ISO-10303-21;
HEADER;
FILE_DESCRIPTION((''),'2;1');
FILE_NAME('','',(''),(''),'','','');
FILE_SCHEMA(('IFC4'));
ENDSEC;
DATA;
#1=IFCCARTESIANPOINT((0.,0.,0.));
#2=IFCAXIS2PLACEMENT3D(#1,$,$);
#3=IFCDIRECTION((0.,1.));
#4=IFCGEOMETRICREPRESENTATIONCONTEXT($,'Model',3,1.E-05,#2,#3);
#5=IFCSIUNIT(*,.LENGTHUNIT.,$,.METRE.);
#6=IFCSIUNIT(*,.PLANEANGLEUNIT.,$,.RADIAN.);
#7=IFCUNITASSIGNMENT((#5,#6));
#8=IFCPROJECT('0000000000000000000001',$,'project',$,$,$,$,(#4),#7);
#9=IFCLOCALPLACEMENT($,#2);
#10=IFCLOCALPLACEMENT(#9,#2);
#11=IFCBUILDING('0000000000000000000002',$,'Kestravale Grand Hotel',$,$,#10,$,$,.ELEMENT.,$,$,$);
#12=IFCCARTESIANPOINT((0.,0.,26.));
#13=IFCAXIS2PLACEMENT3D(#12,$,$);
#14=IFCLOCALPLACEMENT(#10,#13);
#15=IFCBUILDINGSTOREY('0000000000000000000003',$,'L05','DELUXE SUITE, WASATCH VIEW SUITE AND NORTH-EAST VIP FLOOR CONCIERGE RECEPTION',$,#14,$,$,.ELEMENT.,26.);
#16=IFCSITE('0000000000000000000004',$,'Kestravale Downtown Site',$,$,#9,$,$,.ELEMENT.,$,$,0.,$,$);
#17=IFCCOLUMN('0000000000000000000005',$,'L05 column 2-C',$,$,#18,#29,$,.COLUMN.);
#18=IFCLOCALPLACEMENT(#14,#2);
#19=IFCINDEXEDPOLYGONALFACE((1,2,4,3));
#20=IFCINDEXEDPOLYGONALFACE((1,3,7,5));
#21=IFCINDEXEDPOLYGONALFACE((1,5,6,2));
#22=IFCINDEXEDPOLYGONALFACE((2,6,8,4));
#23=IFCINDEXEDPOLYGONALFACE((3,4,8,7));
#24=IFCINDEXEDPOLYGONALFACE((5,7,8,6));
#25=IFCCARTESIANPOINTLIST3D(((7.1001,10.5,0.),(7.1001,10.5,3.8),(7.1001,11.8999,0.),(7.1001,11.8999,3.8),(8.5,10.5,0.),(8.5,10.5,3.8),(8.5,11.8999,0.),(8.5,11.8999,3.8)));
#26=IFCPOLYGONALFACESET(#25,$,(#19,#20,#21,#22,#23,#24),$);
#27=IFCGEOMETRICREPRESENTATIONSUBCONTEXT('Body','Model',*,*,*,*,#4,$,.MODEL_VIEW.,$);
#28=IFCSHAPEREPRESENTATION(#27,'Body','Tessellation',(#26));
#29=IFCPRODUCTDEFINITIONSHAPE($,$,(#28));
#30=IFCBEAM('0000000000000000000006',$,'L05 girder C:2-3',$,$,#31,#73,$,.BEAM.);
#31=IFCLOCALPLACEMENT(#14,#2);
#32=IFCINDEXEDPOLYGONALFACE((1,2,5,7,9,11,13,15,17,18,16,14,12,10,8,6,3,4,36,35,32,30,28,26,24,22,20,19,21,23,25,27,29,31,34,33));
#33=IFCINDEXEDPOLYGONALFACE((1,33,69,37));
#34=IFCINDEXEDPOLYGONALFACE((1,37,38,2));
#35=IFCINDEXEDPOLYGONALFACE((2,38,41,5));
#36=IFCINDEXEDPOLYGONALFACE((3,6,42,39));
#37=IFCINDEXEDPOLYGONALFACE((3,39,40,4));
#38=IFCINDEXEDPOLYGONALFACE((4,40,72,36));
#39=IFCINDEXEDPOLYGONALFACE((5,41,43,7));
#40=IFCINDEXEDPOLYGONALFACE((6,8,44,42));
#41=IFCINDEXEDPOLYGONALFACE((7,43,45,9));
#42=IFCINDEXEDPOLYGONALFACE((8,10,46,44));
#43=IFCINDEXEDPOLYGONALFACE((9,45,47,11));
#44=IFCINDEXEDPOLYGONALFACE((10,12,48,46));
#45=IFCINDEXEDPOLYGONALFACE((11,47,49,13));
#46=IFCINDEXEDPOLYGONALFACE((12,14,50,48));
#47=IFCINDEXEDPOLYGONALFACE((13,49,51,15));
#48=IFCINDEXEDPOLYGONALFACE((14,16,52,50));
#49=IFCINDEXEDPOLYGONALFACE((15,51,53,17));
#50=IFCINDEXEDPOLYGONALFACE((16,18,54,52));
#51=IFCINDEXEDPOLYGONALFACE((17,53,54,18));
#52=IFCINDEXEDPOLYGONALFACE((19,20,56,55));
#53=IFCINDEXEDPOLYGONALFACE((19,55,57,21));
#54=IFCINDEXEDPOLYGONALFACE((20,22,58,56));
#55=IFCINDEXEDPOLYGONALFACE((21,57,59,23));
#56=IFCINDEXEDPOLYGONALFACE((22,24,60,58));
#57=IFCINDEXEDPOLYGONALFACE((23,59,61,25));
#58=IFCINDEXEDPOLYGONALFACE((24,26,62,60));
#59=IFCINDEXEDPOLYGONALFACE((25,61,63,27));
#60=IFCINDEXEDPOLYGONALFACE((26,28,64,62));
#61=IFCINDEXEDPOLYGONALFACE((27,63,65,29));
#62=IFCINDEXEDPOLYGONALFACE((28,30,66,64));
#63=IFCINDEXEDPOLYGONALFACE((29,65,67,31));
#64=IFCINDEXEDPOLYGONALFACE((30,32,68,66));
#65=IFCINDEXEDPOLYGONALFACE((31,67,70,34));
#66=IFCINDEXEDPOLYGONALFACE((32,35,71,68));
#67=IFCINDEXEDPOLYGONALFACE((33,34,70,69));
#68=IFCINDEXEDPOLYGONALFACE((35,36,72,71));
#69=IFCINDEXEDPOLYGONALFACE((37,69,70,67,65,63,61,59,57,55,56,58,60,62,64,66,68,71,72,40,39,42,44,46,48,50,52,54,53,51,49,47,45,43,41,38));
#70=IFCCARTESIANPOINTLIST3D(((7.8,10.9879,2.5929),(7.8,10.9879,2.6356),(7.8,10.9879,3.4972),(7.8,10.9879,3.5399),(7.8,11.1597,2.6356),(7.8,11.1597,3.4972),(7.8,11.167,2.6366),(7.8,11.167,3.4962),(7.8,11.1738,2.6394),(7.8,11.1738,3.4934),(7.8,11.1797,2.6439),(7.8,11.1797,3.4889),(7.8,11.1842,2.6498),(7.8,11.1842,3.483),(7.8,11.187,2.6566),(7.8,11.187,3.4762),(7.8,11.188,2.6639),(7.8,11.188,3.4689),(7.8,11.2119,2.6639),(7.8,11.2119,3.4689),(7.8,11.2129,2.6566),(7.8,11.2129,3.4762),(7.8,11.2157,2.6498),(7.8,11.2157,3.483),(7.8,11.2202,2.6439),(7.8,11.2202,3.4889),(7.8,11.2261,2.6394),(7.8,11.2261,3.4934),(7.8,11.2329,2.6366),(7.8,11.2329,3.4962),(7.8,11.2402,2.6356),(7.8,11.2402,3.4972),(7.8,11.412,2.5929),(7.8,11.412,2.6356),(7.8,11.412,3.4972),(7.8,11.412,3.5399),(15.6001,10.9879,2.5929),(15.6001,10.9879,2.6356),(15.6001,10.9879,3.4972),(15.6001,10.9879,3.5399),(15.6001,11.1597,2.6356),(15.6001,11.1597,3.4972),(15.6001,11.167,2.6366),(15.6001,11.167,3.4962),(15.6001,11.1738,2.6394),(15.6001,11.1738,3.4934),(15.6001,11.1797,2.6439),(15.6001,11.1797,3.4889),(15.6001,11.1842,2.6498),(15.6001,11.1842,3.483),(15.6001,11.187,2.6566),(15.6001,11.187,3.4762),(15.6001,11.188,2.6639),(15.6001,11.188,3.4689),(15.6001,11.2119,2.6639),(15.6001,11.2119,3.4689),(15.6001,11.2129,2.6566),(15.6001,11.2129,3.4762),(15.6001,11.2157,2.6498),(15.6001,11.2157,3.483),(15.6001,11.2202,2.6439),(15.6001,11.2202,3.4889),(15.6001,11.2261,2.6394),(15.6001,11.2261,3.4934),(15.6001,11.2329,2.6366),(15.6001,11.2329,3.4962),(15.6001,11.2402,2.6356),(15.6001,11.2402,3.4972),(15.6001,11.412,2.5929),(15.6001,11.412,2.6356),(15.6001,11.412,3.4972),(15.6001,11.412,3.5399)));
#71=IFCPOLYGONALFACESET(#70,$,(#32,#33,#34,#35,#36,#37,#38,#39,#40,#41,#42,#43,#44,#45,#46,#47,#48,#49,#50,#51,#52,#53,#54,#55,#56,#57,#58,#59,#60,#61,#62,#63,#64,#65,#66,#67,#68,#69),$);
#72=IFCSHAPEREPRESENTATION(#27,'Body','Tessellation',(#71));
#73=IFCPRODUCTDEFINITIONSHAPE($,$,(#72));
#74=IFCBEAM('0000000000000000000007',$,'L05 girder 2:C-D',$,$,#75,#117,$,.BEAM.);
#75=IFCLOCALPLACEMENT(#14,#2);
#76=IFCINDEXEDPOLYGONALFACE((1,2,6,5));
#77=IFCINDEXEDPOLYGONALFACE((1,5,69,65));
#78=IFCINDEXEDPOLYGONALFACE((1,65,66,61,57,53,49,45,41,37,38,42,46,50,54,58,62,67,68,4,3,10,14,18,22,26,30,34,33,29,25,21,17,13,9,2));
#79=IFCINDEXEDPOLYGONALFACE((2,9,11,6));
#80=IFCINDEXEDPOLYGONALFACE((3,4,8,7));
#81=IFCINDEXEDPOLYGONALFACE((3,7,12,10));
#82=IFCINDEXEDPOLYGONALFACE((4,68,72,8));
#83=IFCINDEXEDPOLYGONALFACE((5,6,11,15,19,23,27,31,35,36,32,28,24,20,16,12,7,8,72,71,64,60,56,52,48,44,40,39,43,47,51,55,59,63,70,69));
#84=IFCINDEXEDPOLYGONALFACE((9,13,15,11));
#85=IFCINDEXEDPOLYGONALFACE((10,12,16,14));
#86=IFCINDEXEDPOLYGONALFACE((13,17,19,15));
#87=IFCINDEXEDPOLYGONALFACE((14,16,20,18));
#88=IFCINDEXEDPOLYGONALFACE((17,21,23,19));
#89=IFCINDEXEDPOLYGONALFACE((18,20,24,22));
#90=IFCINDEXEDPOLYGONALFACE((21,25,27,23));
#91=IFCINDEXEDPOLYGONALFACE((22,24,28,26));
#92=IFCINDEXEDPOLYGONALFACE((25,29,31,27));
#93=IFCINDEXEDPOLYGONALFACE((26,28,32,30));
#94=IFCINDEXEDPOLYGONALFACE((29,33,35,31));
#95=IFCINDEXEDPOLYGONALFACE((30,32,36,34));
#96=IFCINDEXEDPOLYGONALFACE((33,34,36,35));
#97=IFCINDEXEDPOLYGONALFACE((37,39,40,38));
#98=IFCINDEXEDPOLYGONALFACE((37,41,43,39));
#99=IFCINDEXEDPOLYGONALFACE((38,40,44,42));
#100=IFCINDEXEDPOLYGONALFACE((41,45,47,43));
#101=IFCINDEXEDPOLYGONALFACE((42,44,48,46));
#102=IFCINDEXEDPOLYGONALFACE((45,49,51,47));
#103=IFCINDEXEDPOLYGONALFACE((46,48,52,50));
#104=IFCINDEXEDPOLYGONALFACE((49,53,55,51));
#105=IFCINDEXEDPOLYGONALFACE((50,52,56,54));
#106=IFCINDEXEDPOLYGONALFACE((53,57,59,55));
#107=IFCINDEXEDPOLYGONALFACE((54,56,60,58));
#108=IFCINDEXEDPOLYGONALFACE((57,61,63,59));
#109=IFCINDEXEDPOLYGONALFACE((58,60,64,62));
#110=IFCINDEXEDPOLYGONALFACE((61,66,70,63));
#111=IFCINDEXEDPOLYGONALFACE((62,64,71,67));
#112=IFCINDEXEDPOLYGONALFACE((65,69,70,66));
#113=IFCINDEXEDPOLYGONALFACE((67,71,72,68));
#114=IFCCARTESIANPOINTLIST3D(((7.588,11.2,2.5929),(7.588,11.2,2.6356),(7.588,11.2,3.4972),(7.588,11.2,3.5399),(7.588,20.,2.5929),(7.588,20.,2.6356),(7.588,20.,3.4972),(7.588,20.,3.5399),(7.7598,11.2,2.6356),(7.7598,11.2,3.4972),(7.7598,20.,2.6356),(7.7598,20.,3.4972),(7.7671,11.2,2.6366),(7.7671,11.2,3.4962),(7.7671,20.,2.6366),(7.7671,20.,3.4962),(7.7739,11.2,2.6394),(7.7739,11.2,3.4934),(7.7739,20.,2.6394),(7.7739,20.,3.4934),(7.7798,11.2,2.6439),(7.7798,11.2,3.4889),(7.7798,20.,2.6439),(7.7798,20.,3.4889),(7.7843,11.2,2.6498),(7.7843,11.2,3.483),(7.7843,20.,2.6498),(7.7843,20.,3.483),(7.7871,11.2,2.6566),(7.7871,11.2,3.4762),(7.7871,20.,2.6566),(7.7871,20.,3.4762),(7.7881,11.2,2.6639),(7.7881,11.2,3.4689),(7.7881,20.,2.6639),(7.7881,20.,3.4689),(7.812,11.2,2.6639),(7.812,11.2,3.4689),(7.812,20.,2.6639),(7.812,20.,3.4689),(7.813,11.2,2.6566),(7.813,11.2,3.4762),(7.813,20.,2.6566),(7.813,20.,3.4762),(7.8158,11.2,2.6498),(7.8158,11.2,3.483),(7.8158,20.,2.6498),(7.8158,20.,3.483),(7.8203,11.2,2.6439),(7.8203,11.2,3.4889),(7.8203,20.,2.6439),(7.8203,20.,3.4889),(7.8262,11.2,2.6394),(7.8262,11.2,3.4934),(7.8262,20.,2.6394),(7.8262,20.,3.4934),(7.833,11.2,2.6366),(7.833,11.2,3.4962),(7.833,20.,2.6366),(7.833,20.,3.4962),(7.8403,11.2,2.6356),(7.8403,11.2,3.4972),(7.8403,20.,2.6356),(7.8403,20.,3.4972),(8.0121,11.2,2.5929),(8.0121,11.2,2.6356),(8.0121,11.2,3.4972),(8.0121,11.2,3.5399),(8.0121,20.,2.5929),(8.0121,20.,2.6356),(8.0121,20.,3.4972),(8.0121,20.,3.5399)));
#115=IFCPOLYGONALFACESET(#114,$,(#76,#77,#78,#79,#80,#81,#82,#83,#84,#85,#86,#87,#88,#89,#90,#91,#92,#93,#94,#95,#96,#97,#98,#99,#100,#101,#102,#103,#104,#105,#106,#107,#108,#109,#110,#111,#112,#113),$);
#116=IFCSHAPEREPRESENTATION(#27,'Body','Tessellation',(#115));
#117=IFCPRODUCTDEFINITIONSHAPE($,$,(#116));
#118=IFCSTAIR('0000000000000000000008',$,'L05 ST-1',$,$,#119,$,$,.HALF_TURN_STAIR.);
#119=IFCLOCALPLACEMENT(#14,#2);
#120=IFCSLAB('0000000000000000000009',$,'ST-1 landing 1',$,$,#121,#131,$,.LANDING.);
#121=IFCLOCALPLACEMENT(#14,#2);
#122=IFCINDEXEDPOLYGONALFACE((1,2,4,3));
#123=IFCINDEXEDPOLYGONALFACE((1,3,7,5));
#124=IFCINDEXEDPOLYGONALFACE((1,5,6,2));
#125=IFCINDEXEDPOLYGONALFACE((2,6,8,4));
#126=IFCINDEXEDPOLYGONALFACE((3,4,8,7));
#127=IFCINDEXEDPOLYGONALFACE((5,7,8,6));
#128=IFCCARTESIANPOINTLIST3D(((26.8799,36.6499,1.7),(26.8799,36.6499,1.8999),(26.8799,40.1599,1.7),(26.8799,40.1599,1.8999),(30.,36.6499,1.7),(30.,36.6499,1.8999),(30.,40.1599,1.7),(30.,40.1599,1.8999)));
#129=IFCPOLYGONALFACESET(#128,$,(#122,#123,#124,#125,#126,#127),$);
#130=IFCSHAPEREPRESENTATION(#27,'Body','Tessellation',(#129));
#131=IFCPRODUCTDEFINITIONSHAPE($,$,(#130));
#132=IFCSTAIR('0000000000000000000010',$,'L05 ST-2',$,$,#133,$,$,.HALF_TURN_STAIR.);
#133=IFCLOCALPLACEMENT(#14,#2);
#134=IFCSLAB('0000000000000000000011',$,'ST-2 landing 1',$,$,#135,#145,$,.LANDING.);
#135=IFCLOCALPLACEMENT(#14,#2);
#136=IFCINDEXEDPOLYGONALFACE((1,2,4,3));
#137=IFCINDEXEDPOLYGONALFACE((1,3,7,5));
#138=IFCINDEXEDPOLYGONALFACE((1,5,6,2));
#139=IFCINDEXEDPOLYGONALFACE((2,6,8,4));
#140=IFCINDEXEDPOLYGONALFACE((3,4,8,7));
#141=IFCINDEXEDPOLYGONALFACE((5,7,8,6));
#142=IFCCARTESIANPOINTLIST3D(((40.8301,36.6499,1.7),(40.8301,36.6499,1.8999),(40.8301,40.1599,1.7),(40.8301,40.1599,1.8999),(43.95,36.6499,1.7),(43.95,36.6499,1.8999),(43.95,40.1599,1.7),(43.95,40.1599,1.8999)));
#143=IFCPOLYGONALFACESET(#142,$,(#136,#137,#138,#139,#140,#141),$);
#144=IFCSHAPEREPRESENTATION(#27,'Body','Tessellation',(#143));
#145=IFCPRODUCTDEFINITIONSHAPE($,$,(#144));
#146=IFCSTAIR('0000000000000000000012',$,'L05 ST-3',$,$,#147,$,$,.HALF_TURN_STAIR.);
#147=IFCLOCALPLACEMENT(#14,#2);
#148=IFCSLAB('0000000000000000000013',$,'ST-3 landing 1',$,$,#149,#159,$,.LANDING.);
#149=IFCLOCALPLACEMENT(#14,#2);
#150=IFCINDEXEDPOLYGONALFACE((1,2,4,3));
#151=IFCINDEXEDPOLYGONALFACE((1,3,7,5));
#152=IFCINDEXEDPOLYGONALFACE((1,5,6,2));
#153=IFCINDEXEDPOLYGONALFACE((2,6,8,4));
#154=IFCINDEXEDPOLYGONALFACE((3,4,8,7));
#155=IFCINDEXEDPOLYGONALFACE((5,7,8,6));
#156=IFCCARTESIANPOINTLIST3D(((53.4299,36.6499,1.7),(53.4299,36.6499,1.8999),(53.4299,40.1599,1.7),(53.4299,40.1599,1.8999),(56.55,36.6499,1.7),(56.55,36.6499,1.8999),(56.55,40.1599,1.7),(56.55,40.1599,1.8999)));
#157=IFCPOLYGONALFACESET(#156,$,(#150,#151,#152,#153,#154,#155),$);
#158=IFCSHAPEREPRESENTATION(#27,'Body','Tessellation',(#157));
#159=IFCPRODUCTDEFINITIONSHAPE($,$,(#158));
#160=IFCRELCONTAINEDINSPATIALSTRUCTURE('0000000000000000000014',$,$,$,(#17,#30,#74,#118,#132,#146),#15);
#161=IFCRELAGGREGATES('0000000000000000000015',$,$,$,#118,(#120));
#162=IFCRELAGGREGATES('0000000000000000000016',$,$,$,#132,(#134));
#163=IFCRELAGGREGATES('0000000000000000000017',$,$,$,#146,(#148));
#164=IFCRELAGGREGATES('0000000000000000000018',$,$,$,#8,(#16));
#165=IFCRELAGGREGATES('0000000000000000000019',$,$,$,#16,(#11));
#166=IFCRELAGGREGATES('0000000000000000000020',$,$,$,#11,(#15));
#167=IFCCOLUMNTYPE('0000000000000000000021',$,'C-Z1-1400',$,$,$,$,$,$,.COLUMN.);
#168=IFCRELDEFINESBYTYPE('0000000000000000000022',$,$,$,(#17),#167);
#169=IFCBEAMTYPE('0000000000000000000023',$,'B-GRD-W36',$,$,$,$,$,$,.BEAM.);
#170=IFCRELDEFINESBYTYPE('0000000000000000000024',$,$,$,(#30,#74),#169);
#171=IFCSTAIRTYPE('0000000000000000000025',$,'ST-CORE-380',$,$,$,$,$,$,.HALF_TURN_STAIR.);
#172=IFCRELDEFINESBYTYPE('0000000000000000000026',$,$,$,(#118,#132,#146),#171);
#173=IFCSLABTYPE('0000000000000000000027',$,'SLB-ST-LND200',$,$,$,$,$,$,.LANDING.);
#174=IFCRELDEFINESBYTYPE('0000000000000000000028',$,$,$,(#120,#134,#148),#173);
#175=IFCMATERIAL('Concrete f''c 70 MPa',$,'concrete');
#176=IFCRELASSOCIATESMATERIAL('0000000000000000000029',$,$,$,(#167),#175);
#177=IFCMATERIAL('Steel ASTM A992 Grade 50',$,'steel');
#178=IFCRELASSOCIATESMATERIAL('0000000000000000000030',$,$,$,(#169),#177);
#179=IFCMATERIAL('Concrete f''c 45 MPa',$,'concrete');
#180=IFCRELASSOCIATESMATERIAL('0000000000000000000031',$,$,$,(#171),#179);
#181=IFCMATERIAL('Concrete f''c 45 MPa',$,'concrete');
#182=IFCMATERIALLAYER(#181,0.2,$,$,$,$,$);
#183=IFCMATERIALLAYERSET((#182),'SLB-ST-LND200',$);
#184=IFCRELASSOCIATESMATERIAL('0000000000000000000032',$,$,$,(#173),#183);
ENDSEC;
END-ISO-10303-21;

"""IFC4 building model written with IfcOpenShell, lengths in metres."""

from ifc_helpers import new_model, si_unit, direction, frame, origin, origin_2d, place, context, subcontext, project, spatial, polyline, rectangle, i_section, outline, extrude, material, layer, layer_set, material_profile, profile_set, type_object, element, aggregate, save


model = new_model("IFC4")

# Units and contexts
model_context = context("Model", 3, precision=1e-05, world=origin(), true_north=direction((0.0, 1.0)))
body_context = subcontext(model_context, "Body", "Model", "MODEL_VIEW")
ifc_project = project(units=[si_unit("LENGTHUNIT", "METRE"), si_unit("PLANEANGLEUNIT", "RADIAN")], contexts=[model_context])

# Site, building, storey
site_placement = place(None, origin())
site = spatial("IfcSite", under=ifc_project, at=site_placement, Name="Kestravale Downtown Site", CompositionType="ELEMENT", RefElevation=0.0)
building_placement = place(site_placement, origin())
building = spatial("IfcBuilding", under=site, at=building_placement, Name="Kestravale Grand Hotel", CompositionType="ELEMENT")
storey_placement = place(building_placement, frame((0.0, 0.0, 26.0)))
storey = spatial("IfcBuildingStorey", under=building, at=storey_placement, Name="L05", Description="DELUXE SUITE, WASATCH VIEW SUITE AND NORTH-EAST VIP FLOOR CONCIERGE RECEPTION", CompositionType="ELEMENT", Elevation=26.0)

# Column
ifc_material_1 = material(Name="Concrete f'c 70 MPa", Category="concrete")
ifc_material_profile_1 = material_profile(ifc_material_1, rectangle(XDim=1.3999, YDim=1.3999, at=origin_2d()))
ifc_profile_set_1 = profile_set([ifc_material_profile_1], Name="Concrete f'c 70 MPa")
column_type = type_object("IfcColumnType", Name="C-Z1-1400", PredefinedType="COLUMN", material=ifc_profile_set_1)
column_placement = place(storey_placement, frame((7.8, 11.2, 0.0), z_axis=(0.0, 0.0, 1.0), x_axis=(1.0, 0.0, 0.0)))
element("IfcColumn", 1, at=column_placement, inside=storey, type_object=column_type, Name="L05 column 2-C", PredefinedType="COLUMN", context=body_context, shape_type="SweptSolid", body=[
    extrude(rectangle(XDim=1.3999, YDim=1.3999, at=origin_2d()), origin(), (0.0, 0.0, 1.0), 3.8),
])

# Beams
ifc_material_2 = material(Name="Steel ASTM A992 Grade 50", Category="steel")
ifc_material_profile_2 = material_profile(ifc_material_2, i_section(OverallWidth=0.4241, OverallDepth=0.947, WebThickness=0.0239, FlangeThickness=0.0427, FilletRadius=0.0283, at=origin_2d()))
ifc_profile_set_2 = profile_set([ifc_material_profile_2], Name="Steel ASTM A992 Grade 50")
beam_type = type_object("IfcBeamType", Name="B-GRD-W36", PredefinedType="BEAM", material=ifc_profile_set_2)
beam_1_placement = place(storey_placement, frame((7.8, 11.2, 3.0664), z_axis=(1.0, 0.0, 0.0), x_axis=(0.0, 1.0, 0.0)))
element("IfcBeam", 2, at=beam_1_placement, inside=storey, type_object=beam_type, Name="L05 girder C:2-3", PredefinedType="BEAM", context=body_context, shape_type="SweptSolid", body=[
    extrude(i_section(OverallWidth=0.4241, OverallDepth=0.947, WebThickness=0.0239, FlangeThickness=0.0427, FilletRadius=0.0283, at=origin_2d()), origin(), (0.0, 0.0, 1.0), 7.8),
])
beam_2_placement = place(storey_placement, frame((7.8, 11.2, 3.0664), z_axis=(0.0, 1.0, 0.0), x_axis=(-1.0, 0.0, 0.0)))
element("IfcBeam", 3, at=beam_2_placement, inside=storey, type_object=beam_type, Name="L05 girder 2:C-D", PredefinedType="BEAM", context=body_context, shape_type="SweptSolid", body=[
    extrude(i_section(OverallWidth=0.4241, OverallDepth=0.947, WebThickness=0.0239, FlangeThickness=0.0427, FilletRadius=0.0283, at=origin_2d()), origin(), (0.0, 0.0, 1.0), 8.8),
])

# Stairs, slabs
ifc_material_3 = material(Name="Concrete f'c 45 MPa", Category="concrete")
stair_type = type_object("IfcStairType", Name="ST-CORE-380", PredefinedType="HALF_TURN_STAIR", material=ifc_material_3)
stair_1_placement = place(storey_placement, origin())
stair_1 = element("IfcStair", 4, at=stair_1_placement, inside=storey, type_object=stair_type, Name="L05 ST-1", PredefinedType="HALF_TURN_STAIR")
ifc_material_4 = material(Name="Concrete f'c 45 MPa", Category="concrete")
ifc_layer_1 = layer(ifc_material_4, 0.2)
ifc_layer_set_1 = layer_set([ifc_layer_1], Name="SLB-ST-LND200")
slab_type_1 = type_object("IfcSlabType", Name="SLB-ST-LND200", PredefinedType="LANDING", material=ifc_layer_set_1)
slab_1_placement = place(storey_placement, frame((0.0, 0.0, 1.7)))
slab_1 = element("IfcSlab", 5, at=slab_1_placement, type_object=slab_type_1, Name="ST-1 landing 1", PredefinedType="LANDING", context=body_context, shape_type="SweptSolid", body=[
    extrude(outline(polyline([(26.8799, 36.6499), (30.0, 36.6499), (30.0, 40.1599), (26.8799, 40.1599), (26.8799, 36.6499)])), origin(), (0.0, 0.0, 1.0), 0.2),
])
aggregate(stair_1, [slab_1])
stair_2_placement = place(storey_placement, origin())
stair_2 = element("IfcStair", 6, at=stair_2_placement, inside=storey, type_object=stair_type, Name="L05 ST-2", PredefinedType="HALF_TURN_STAIR")
slab_2_placement = place(storey_placement, frame((0.0, 0.0, 1.7)))
slab_2 = element("IfcSlab", 7, at=slab_2_placement, type_object=slab_type_1, Name="ST-2 landing 1", PredefinedType="LANDING", context=body_context, shape_type="SweptSolid", body=[
    extrude(outline(polyline([(40.8301, 36.6499), (43.95, 36.6499), (43.95, 40.1599), (40.8301, 40.1599), (40.8301, 36.6499)])), origin(), (0.0, 0.0, 1.0), 0.2),
])
aggregate(stair_2, [slab_2])
stair_3_placement = place(storey_placement, origin())
stair_3 = element("IfcStair", 8, at=stair_3_placement, inside=storey, type_object=stair_type, Name="L05 ST-3", PredefinedType="HALF_TURN_STAIR")
slab_3_placement = place(storey_placement, frame((0.0, 0.0, 1.7)))
slab_3 = element("IfcSlab", 9, at=slab_3_placement, type_object=slab_type_1, Name="ST-3 landing 1", PredefinedType="LANDING", context=body_context, shape_type="SweptSolid", body=[
    extrude(outline(polyline([(53.4299, 36.6499), (56.55, 36.6499), (56.55, 40.1599), (53.4299, 40.1599), (53.4299, 36.6499)])), origin(), (0.0, 0.0, 1.0), 0.2),
])
aggregate(stair_3, [slab_3])

save(model, "model.ifc")
